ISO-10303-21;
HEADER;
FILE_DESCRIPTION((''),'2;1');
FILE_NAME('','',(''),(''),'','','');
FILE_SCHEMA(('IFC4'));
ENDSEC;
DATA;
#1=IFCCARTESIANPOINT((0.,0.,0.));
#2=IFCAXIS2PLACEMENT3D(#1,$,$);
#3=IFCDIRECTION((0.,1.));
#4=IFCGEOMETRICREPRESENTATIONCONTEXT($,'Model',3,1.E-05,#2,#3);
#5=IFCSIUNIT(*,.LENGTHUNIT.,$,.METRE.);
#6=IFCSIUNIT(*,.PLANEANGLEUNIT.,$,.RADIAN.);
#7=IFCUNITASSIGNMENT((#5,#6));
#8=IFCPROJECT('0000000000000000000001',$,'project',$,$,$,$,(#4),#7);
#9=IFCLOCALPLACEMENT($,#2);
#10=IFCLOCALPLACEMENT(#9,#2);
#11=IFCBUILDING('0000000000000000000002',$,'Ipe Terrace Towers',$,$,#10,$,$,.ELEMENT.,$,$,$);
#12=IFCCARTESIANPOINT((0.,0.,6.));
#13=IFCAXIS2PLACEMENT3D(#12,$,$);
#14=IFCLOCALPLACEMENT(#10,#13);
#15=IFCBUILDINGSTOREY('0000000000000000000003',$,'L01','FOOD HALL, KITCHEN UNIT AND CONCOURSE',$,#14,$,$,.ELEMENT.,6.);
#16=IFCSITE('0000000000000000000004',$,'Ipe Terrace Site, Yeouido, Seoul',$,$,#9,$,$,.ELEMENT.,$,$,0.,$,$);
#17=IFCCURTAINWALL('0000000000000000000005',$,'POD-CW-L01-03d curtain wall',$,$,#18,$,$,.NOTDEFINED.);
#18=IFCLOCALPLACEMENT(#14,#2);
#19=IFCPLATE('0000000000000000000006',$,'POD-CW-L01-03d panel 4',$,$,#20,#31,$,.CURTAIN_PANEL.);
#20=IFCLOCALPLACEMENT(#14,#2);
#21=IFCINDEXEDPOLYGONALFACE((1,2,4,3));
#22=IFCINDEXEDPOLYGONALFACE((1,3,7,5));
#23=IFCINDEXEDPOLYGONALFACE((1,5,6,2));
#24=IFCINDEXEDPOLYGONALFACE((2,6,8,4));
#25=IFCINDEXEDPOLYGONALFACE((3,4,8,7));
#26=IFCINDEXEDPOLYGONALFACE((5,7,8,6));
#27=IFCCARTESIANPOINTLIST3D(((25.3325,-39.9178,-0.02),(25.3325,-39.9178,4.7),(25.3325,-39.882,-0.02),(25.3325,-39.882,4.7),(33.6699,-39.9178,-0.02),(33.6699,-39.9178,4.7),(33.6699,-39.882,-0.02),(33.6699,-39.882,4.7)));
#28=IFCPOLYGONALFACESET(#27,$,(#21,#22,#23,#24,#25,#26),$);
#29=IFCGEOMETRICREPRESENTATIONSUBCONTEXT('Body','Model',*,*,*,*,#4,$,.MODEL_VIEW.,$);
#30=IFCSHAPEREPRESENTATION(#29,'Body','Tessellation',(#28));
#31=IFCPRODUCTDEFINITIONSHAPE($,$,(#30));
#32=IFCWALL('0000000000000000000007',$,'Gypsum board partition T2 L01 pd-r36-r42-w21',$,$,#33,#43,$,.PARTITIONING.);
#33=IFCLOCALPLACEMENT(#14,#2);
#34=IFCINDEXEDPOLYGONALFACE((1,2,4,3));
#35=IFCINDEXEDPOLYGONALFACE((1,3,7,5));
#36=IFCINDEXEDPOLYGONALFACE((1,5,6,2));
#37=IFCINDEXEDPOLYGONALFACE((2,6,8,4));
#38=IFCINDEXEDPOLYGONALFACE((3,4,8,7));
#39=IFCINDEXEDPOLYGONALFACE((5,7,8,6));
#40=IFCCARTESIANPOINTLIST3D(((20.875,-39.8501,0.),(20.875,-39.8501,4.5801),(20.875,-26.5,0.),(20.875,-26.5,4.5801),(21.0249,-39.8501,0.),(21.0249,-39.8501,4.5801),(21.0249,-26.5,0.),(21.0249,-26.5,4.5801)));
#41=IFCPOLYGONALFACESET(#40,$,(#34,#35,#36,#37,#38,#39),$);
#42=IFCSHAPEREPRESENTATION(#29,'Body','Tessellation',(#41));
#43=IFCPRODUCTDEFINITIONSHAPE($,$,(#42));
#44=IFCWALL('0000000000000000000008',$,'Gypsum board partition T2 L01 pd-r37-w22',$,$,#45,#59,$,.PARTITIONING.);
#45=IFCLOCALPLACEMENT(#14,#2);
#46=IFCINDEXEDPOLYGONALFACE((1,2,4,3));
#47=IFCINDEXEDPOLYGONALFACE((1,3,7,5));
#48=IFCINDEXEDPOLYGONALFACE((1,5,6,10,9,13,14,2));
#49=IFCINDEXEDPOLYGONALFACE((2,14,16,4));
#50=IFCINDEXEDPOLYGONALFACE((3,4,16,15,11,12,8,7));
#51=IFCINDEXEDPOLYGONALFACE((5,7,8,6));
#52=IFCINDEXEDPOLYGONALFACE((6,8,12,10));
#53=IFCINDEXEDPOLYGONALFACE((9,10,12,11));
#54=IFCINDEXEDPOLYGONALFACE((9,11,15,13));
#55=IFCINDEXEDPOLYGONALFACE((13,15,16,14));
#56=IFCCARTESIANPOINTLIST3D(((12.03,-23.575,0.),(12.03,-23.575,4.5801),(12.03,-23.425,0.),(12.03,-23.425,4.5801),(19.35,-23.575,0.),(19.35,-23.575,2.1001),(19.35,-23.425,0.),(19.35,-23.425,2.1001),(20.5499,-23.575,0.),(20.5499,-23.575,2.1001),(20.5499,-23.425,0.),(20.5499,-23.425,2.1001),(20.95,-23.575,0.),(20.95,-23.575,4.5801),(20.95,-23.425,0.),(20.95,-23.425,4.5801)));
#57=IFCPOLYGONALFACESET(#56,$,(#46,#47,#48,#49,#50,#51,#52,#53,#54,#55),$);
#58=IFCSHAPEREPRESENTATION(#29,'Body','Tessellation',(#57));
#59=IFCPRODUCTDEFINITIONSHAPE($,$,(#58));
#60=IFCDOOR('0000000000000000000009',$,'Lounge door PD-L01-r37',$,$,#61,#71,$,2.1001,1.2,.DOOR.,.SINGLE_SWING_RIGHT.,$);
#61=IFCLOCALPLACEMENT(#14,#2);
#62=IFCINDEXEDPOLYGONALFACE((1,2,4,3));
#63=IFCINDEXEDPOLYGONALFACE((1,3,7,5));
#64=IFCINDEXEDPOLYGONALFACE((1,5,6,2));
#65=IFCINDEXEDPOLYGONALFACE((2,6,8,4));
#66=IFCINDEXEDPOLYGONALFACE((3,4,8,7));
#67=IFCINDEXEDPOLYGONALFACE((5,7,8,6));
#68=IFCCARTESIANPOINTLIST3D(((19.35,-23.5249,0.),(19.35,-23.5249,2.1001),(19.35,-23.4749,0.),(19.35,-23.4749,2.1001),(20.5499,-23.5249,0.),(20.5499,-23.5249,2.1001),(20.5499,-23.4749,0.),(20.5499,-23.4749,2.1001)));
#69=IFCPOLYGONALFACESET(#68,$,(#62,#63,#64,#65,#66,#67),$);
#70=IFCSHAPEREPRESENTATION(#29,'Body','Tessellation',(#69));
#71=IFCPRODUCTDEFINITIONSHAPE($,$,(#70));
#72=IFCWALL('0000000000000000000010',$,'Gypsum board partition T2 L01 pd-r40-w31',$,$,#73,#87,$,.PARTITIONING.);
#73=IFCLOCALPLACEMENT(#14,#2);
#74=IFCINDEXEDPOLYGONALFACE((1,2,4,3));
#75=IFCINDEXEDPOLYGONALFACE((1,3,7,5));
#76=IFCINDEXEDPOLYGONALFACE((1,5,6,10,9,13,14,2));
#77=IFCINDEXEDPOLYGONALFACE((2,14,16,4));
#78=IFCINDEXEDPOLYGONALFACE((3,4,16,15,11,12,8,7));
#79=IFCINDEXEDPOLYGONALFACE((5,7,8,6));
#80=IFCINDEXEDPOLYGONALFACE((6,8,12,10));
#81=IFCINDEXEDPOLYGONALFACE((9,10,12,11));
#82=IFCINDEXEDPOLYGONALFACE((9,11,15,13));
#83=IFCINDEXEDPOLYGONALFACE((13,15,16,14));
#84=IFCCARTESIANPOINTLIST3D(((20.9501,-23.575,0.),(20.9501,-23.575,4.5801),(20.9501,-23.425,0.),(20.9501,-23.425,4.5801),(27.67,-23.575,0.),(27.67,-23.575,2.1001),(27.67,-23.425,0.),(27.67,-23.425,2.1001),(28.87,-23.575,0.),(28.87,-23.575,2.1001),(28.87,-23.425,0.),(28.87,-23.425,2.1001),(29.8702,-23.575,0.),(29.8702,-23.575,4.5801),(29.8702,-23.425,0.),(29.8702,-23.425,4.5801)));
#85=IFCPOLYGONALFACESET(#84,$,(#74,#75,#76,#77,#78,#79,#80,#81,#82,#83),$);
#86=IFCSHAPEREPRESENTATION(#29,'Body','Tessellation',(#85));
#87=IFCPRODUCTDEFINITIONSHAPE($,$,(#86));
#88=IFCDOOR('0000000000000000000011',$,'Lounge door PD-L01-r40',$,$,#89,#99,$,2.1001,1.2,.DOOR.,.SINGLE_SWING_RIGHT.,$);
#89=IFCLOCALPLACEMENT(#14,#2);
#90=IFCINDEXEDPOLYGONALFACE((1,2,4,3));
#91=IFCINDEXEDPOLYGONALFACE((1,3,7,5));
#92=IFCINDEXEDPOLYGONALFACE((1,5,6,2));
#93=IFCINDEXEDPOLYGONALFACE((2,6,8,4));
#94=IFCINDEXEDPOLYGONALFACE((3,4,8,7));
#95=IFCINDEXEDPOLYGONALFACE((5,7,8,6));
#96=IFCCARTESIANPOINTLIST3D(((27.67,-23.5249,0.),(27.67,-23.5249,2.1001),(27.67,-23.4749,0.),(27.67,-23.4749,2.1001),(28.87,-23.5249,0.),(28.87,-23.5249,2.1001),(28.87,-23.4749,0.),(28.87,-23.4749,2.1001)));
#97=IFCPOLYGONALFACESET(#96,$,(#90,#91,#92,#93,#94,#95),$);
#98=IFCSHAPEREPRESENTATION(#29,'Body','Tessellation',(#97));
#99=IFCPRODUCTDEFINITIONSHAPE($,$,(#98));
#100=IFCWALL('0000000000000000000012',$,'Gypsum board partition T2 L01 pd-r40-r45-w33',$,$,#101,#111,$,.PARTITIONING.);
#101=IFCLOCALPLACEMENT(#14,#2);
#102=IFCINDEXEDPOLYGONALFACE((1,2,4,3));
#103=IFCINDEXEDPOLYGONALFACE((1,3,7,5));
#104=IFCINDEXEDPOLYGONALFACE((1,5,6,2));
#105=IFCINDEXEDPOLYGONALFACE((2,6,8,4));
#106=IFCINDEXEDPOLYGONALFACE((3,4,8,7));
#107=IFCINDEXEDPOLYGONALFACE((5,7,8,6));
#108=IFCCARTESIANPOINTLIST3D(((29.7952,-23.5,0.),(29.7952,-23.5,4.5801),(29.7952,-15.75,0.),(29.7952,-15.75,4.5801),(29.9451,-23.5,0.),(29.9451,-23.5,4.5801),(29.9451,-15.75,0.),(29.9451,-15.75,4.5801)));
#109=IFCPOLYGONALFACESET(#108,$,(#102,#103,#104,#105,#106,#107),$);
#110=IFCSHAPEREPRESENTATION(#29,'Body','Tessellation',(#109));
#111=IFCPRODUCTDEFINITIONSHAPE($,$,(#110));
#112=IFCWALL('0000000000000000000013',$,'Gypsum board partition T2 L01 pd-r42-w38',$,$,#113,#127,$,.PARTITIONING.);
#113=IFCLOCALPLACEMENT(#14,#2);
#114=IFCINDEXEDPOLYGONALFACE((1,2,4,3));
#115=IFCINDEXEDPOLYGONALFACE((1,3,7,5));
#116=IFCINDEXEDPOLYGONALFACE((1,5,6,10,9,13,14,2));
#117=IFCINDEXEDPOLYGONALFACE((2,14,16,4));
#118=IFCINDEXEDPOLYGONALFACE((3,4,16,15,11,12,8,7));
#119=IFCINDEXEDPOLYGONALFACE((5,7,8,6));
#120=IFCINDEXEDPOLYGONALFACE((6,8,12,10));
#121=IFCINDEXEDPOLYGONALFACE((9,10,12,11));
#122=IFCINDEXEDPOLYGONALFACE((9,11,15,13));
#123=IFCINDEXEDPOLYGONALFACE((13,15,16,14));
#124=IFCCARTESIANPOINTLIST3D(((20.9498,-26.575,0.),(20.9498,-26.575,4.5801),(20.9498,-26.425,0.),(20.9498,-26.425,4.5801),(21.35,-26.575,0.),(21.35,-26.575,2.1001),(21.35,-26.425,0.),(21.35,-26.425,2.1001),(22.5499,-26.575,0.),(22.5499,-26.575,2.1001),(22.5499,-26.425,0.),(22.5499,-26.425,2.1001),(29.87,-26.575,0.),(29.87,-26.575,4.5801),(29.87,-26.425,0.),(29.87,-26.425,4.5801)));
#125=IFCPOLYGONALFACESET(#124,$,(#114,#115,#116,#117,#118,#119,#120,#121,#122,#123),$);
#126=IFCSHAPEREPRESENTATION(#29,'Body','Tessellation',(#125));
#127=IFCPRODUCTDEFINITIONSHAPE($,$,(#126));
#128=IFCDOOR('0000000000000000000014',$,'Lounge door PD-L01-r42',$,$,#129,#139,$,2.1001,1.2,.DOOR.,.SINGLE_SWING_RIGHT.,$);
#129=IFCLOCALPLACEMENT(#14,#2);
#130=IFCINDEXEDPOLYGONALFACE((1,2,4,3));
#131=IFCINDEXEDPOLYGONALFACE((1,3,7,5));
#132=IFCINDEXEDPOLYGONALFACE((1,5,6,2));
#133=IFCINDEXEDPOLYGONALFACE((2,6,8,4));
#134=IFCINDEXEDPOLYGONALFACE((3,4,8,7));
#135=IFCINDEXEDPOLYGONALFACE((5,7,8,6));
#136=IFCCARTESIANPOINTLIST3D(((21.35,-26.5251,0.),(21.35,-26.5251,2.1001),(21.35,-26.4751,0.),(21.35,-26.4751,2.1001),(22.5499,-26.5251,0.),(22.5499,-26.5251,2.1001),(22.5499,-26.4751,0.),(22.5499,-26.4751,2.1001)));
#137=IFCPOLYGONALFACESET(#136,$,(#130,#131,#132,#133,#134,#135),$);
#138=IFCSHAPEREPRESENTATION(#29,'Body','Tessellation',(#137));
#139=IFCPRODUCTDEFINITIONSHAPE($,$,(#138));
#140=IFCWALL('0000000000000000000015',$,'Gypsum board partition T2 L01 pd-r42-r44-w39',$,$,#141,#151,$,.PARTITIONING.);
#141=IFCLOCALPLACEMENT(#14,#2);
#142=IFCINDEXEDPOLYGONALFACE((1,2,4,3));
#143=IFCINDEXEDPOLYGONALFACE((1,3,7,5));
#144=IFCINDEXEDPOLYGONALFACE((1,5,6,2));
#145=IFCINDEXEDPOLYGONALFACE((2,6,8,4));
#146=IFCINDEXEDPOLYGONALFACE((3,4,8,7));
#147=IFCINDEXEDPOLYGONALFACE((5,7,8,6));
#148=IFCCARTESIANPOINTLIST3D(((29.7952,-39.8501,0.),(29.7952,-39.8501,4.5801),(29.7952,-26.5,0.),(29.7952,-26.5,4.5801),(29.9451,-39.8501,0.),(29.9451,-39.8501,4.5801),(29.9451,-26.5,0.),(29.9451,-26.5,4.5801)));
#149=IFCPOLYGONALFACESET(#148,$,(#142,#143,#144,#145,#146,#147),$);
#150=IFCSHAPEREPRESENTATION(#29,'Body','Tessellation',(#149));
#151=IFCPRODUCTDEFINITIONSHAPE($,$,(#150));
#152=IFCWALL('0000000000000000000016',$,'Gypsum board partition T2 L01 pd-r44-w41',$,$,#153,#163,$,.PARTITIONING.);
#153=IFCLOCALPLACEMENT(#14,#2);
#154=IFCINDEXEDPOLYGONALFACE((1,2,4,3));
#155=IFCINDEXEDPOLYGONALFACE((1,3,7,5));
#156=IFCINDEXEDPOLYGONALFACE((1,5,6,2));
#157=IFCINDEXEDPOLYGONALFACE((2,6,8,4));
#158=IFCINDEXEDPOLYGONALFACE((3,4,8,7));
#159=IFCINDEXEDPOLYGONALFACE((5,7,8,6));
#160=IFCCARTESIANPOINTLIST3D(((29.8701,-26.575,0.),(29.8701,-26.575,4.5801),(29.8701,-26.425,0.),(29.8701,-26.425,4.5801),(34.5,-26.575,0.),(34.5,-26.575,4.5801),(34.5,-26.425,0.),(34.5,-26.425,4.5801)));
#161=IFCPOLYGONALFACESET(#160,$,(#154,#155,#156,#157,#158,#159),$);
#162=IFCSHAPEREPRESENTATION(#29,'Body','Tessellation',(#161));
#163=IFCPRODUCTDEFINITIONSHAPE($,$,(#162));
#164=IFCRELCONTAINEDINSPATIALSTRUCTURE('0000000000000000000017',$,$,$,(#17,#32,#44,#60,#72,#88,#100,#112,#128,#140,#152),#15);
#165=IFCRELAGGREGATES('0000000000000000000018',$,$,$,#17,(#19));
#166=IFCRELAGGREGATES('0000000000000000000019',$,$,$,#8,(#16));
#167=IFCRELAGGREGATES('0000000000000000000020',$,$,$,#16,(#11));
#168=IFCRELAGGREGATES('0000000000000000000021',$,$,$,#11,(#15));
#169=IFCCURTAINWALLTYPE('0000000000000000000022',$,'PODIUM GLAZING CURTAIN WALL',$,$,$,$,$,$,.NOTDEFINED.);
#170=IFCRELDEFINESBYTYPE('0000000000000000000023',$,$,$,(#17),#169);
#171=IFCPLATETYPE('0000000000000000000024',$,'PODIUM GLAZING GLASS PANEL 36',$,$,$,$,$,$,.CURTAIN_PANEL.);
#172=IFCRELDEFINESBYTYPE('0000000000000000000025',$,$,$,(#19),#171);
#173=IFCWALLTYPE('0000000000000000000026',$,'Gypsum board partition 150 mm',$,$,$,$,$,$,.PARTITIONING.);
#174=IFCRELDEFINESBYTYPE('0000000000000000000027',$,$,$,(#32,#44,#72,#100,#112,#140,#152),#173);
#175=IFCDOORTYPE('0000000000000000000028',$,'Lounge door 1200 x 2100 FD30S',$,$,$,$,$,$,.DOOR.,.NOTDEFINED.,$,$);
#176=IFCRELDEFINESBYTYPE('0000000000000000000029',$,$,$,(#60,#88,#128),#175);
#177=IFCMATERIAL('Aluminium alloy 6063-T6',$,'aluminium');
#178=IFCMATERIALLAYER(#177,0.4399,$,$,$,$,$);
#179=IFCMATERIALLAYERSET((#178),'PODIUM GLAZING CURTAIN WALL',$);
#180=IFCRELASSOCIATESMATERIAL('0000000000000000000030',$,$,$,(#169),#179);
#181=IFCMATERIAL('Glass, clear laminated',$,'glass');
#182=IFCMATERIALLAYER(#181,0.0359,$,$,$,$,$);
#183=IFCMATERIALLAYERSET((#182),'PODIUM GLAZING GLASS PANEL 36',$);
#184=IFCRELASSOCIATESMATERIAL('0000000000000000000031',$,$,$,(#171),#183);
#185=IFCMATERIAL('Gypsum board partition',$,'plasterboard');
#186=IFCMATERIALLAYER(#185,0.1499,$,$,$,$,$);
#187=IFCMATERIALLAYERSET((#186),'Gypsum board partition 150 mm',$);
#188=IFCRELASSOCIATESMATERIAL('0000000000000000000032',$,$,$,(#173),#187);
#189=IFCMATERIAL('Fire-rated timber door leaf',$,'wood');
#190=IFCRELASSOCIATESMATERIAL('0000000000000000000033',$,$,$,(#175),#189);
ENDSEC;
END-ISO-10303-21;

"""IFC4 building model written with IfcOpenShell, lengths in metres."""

from ifc_helpers import new_model, si_unit, direction, frame, frame_2d, origin, origin_2d, place, context, subcontext, project, spatial, rectangle, extrude, material, layer, layer_set, type_object, element, fill, aggregate, save


model = new_model("IFC4")

# Units and contexts
model_context = context("Model", 3, precision=1e-05, world=origin(), true_north=direction((0.0, 1.0)))
body_context = subcontext(model_context, "Body", "Model", "MODEL_VIEW")
ifc_project = project(units=[si_unit("LENGTHUNIT", "METRE"), si_unit("PLANEANGLEUNIT", "RADIAN")], contexts=[model_context])

# Site, building, storey
site_placement = place(None, origin())
site = spatial("IfcSite", under=ifc_project, at=site_placement, Name="Ipe Terrace Site, Yeouido, Seoul", CompositionType="ELEMENT", RefElevation=0.0)
building_placement = place(site_placement, origin())
building = spatial("IfcBuilding", under=site, at=building_placement, Name="Ipe Terrace Towers", CompositionType="ELEMENT")
storey_placement = place(building_placement, frame((0.0, 0.0, 6.0)))
storey = spatial("IfcBuildingStorey", under=building, at=storey_placement, Name="L01", Description="FOOD HALL, KITCHEN UNIT AND CONCOURSE", CompositionType="ELEMENT", Elevation=6.0)

# Curtain wall, plate
ifc_material_1 = material(Name="Aluminium alloy 6063-T6", Category="aluminium")
ifc_layer_1 = layer(ifc_material_1, 0.4399)
ifc_layer_set_1 = layer_set([ifc_layer_1], Name="PODIUM GLAZING CURTAIN WALL")
curtain_wall_type = type_object("IfcCurtainWallType", Name="PODIUM GLAZING CURTAIN WALL", PredefinedType="NOTDEFINED", material=ifc_layer_set_1)
curtain_wall_placement = place(storey_placement, origin())
curtain_wall = element("IfcCurtainWall", 1, at=curtain_wall_placement, inside=storey, type_object=curtain_wall_type, Name="POD-CW-L01-03d curtain wall", PredefinedType="NOTDEFINED")
ifc_material_2 = material(Name="Glass, clear laminated", Category="glass")
ifc_layer_2 = layer(ifc_material_2, 0.0359)
ifc_layer_set_2 = layer_set([ifc_layer_2], Name="PODIUM GLAZING GLASS PANEL 36")
plate_type = type_object("IfcPlateType", Name="PODIUM GLAZING GLASS PANEL 36", PredefinedType="CURTAIN_PANEL", material=ifc_layer_set_2)
plate_1_placement = place(storey_placement, frame((29.5012, -39.8999, -0.02), z_axis=(0.0, 0.0, 1.0), x_axis=(1.0, 0.0, 0.0)))
plate_1 = element("IfcPlate", 2, at=plate_1_placement, type_object=plate_type, Name="POD-CW-L01-03d panel 4", PredefinedType="CURTAIN_PANEL", context=body_context, shape_type="SweptSolid", body=[
    extrude(rectangle(XDim=8.3374, YDim=0.0359, at=origin_2d()), origin(), (0.0, 0.0, 1.0), 4.72),
])
aggregate(curtain_wall, [plate_1])

# Wall
ifc_material_3 = material(Name="Gypsum board partition", Category="plasterboard")
ifc_layer_3 = layer(ifc_material_3, 0.1499)
ifc_layer_set_3 = layer_set([ifc_layer_3], Name="Gypsum board partition 150 mm")
wall_type_1 = type_object("IfcWallType", Name="Gypsum board partition 150 mm", PredefinedType="PARTITIONING", material=ifc_layer_set_3)
wall_1_placement = place(storey_placement, frame((20.95, -26.5, 0.0), z_axis=(0.0, 0.0, 1.0), x_axis=(0.0, -1.0, 0.0)))
element("IfcWall", 3, at=wall_1_placement, inside=storey, type_object=wall_type_1, Name="Gypsum board partition T2 L01 pd-r36-r42-w21", PredefinedType="PARTITIONING", context=body_context, shape_type="SweptSolid", body=[
    extrude(rectangle(XDim=13.3501, YDim=0.1499, at=frame_2d((6.675, 0.0))), origin(), (0.0, 0.0, 1.0), 4.5801),
])

# Walls, openings, doors
wall_2_placement = place(storey_placement, frame((20.95, -23.5, 0.0), z_axis=(0.0, 0.0, 1.0), x_axis=(-1.0, 0.0, 0.0)))
wall_2 = element("IfcWall", 4, at=wall_2_placement, inside=storey, type_object=wall_type_1, Name="Gypsum board partition T2 L01 pd-r37-w22", PredefinedType="PARTITIONING", context=body_context, shape_type="SweptSolid", body=[
    extrude(rectangle(XDim=8.9199, YDim=0.1499, at=frame_2d((4.46, 0.0))), origin(), (0.0, 0.0, 1.0), 4.5801),
])
opening_1_placement = place(wall_2_placement, frame((0.3999, 0.0, 0.0)))
opening_1 = element("IfcOpeningElement", 5, at=opening_1_placement, cuts=wall_2, PredefinedType="OPENING", context=body_context, shape_type="SweptSolid", body=[
    extrude(rectangle(XDim=1.2, YDim=2.1001, at=frame_2d((0.6001, 1.05))), frame((0.0, 0.085, 0.0), z_axis=(0.0, -1.0, 0.0), x_axis=(1.0, 0.0, 0.0)), (0.0, 0.0, 1.0), 0.1699),
])
ifc_material_4 = material(Name="Fire-rated timber door leaf", Category="wood")
door_type_1 = type_object("IfcDoorType", Name="Lounge door 1200 x 2100 FD30S", OperationType="NOTDEFINED", PredefinedType="DOOR", material=ifc_material_4)
door_1_placement = place(opening_1_placement, origin())
door_1 = element("IfcDoor", 6, at=door_1_placement, inside=storey, type_object=door_type_1, Name="Lounge door PD-L01-r37", OperationType="SINGLE_SWING_RIGHT", OverallHeight=2.1001, OverallWidth=1.2, PredefinedType="DOOR", context=body_context, shape_type="SweptSolid", body=[
    extrude(rectangle(XDim=1.2, YDim=2.1001, at=frame_2d((0.6001, 1.05))), frame((0.0, 0.0249, 0.0), z_axis=(0.0, -1.0, 0.0), x_axis=(1.0, 0.0, 0.0)), (0.0, 0.0, 1.0), 0.05),
])
fill(opening_1, door_1)
wall_3_placement = place(storey_placement, frame((29.8701, -23.5, 0.0), z_axis=(0.0, 0.0, 1.0), x_axis=(-1.0, 0.0, 0.0)))
wall_3 = element("IfcWall", 7, at=wall_3_placement, inside=storey, type_object=wall_type_1, Name="Gypsum board partition T2 L01 pd-r40-w31", PredefinedType="PARTITIONING", context=body_context, shape_type="SweptSolid", body=[
    extrude(rectangle(XDim=8.9202, YDim=0.1499, at=frame_2d((4.46, 0.0))), origin(), (0.0, 0.0, 1.0), 4.5801),
])
opening_2_placement = place(wall_3_placement, frame((1.0, 0.0, 0.0)))
opening_2 = element("IfcOpeningElement", 8, at=opening_2_placement, cuts=wall_3, PredefinedType="OPENING", context=body_context, shape_type="SweptSolid", body=[
    extrude(rectangle(XDim=1.2, YDim=2.1001, at=frame_2d((0.6001, 1.05))), frame((0.0, 0.085, 0.0), z_axis=(0.0, -1.0, 0.0), x_axis=(1.0, 0.0, 0.0)), (0.0, 0.0, 1.0), 0.1699),
])
door_2_placement = place(opening_2_placement, origin())
door_2 = element("IfcDoor", 9, at=door_2_placement, inside=storey, type_object=door_type_1, Name="Lounge door PD-L01-r40", OperationType="SINGLE_SWING_RIGHT", OverallHeight=2.1001, OverallWidth=1.2, PredefinedType="DOOR", context=body_context, shape_type="SweptSolid", body=[
    extrude(rectangle(XDim=1.2, YDim=2.1001, at=frame_2d((0.6001, 1.05))), frame((0.0, 0.0249, 0.0), z_axis=(0.0, -1.0, 0.0), x_axis=(1.0, 0.0, 0.0)), (0.0, 0.0, 1.0), 0.05),
])
fill(opening_2, door_2)

# Wall
wall_4_placement = place(storey_placement, frame((29.8701, -15.75, 0.0), z_axis=(0.0, 0.0, 1.0), x_axis=(0.0, -1.0, 0.0)))
element("IfcWall", 10, at=wall_4_placement, inside=storey, type_object=wall_type_1, Name="Gypsum board partition T2 L01 pd-r40-r45-w33", PredefinedType="PARTITIONING", context=body_context, shape_type="SweptSolid", body=[
    extrude(rectangle(XDim=7.75, YDim=0.1499, at=frame_2d((3.875, 0.0))), origin(), (0.0, 0.0, 1.0), 4.5801),
])

# Wall, opening, door
wall_5_placement = place(storey_placement, frame((20.95, -26.5, 0.0), z_axis=(0.0, 0.0, 1.0), x_axis=(1.0, 0.0, 0.0)))
wall_5 = element("IfcWall", 11, at=wall_5_placement, inside=storey, type_object=wall_type_1, Name="Gypsum board partition T2 L01 pd-r42-w38", PredefinedType="PARTITIONING", context=body_context, shape_type="SweptSolid", body=[
    extrude(rectangle(XDim=8.9202, YDim=0.1499, at=frame_2d((4.46, 0.0))), origin(), (0.0, 0.0, 1.0), 4.5801),
])
opening_3_placement = place(wall_5_placement, frame((0.3999, 0.0, 0.0)))
opening_3 = element("IfcOpeningElement", 12, at=opening_3_placement, cuts=wall_5, PredefinedType="OPENING", context=body_context, shape_type="SweptSolid", body=[
    extrude(rectangle(XDim=1.2, YDim=2.1001, at=frame_2d((0.6001, 1.05))), frame((0.0, 0.085, 0.0), z_axis=(0.0, -1.0, 0.0), x_axis=(1.0, 0.0, 0.0)), (0.0, 0.0, 1.0), 0.1699),
])
door_3_placement = place(opening_3_placement, origin())
door_3 = element("IfcDoor", 13, at=door_3_placement, inside=storey, type_object=door_type_1, Name="Lounge door PD-L01-r42", OperationType="SINGLE_SWING_RIGHT", OverallHeight=2.1001, OverallWidth=1.2, PredefinedType="DOOR", context=body_context, shape_type="SweptSolid", body=[
    extrude(rectangle(XDim=1.2, YDim=2.1001, at=frame_2d((0.6001, 1.05))), frame((0.0, 0.0249, 0.0), z_axis=(0.0, -1.0, 0.0), x_axis=(1.0, 0.0, 0.0)), (0.0, 0.0, 1.0), 0.05),
])
fill(opening_3, door_3)

# Walls
wall_6_placement = place(storey_placement, frame((29.8701, -26.5, 0.0), z_axis=(0.0, 0.0, 1.0), x_axis=(0.0, -1.0, 0.0)))
element("IfcWall", 14, at=wall_6_placement, inside=storey, type_object=wall_type_1, Name="Gypsum board partition T2 L01 pd-r42-r44-w39", PredefinedType="PARTITIONING", context=body_context, shape_type="SweptSolid", body=[
    extrude(rectangle(XDim=13.3501, YDim=0.1499, at=frame_2d((6.675, 0.0))), origin(), (0.0, 0.0, 1.0), 4.5801),
])
wall_7_placement = place(storey_placement, frame((29.8701, -26.5, 0.0), z_axis=(0.0, 0.0, 1.0), x_axis=(1.0, 0.0, 0.0)))
element("IfcWall", 15, at=wall_7_placement, inside=storey, type_object=wall_type_1, Name="Gypsum board partition T2 L01 pd-r44-w41", PredefinedType="PARTITIONING", context=body_context, shape_type="SweptSolid", body=[
    extrude(rectangle(XDim=4.6299, YDim=0.1499, at=frame_2d((2.3149, 0.0))), origin(), (0.0, 0.0, 1.0), 4.5801),
])

save(model, "model.ifc")
